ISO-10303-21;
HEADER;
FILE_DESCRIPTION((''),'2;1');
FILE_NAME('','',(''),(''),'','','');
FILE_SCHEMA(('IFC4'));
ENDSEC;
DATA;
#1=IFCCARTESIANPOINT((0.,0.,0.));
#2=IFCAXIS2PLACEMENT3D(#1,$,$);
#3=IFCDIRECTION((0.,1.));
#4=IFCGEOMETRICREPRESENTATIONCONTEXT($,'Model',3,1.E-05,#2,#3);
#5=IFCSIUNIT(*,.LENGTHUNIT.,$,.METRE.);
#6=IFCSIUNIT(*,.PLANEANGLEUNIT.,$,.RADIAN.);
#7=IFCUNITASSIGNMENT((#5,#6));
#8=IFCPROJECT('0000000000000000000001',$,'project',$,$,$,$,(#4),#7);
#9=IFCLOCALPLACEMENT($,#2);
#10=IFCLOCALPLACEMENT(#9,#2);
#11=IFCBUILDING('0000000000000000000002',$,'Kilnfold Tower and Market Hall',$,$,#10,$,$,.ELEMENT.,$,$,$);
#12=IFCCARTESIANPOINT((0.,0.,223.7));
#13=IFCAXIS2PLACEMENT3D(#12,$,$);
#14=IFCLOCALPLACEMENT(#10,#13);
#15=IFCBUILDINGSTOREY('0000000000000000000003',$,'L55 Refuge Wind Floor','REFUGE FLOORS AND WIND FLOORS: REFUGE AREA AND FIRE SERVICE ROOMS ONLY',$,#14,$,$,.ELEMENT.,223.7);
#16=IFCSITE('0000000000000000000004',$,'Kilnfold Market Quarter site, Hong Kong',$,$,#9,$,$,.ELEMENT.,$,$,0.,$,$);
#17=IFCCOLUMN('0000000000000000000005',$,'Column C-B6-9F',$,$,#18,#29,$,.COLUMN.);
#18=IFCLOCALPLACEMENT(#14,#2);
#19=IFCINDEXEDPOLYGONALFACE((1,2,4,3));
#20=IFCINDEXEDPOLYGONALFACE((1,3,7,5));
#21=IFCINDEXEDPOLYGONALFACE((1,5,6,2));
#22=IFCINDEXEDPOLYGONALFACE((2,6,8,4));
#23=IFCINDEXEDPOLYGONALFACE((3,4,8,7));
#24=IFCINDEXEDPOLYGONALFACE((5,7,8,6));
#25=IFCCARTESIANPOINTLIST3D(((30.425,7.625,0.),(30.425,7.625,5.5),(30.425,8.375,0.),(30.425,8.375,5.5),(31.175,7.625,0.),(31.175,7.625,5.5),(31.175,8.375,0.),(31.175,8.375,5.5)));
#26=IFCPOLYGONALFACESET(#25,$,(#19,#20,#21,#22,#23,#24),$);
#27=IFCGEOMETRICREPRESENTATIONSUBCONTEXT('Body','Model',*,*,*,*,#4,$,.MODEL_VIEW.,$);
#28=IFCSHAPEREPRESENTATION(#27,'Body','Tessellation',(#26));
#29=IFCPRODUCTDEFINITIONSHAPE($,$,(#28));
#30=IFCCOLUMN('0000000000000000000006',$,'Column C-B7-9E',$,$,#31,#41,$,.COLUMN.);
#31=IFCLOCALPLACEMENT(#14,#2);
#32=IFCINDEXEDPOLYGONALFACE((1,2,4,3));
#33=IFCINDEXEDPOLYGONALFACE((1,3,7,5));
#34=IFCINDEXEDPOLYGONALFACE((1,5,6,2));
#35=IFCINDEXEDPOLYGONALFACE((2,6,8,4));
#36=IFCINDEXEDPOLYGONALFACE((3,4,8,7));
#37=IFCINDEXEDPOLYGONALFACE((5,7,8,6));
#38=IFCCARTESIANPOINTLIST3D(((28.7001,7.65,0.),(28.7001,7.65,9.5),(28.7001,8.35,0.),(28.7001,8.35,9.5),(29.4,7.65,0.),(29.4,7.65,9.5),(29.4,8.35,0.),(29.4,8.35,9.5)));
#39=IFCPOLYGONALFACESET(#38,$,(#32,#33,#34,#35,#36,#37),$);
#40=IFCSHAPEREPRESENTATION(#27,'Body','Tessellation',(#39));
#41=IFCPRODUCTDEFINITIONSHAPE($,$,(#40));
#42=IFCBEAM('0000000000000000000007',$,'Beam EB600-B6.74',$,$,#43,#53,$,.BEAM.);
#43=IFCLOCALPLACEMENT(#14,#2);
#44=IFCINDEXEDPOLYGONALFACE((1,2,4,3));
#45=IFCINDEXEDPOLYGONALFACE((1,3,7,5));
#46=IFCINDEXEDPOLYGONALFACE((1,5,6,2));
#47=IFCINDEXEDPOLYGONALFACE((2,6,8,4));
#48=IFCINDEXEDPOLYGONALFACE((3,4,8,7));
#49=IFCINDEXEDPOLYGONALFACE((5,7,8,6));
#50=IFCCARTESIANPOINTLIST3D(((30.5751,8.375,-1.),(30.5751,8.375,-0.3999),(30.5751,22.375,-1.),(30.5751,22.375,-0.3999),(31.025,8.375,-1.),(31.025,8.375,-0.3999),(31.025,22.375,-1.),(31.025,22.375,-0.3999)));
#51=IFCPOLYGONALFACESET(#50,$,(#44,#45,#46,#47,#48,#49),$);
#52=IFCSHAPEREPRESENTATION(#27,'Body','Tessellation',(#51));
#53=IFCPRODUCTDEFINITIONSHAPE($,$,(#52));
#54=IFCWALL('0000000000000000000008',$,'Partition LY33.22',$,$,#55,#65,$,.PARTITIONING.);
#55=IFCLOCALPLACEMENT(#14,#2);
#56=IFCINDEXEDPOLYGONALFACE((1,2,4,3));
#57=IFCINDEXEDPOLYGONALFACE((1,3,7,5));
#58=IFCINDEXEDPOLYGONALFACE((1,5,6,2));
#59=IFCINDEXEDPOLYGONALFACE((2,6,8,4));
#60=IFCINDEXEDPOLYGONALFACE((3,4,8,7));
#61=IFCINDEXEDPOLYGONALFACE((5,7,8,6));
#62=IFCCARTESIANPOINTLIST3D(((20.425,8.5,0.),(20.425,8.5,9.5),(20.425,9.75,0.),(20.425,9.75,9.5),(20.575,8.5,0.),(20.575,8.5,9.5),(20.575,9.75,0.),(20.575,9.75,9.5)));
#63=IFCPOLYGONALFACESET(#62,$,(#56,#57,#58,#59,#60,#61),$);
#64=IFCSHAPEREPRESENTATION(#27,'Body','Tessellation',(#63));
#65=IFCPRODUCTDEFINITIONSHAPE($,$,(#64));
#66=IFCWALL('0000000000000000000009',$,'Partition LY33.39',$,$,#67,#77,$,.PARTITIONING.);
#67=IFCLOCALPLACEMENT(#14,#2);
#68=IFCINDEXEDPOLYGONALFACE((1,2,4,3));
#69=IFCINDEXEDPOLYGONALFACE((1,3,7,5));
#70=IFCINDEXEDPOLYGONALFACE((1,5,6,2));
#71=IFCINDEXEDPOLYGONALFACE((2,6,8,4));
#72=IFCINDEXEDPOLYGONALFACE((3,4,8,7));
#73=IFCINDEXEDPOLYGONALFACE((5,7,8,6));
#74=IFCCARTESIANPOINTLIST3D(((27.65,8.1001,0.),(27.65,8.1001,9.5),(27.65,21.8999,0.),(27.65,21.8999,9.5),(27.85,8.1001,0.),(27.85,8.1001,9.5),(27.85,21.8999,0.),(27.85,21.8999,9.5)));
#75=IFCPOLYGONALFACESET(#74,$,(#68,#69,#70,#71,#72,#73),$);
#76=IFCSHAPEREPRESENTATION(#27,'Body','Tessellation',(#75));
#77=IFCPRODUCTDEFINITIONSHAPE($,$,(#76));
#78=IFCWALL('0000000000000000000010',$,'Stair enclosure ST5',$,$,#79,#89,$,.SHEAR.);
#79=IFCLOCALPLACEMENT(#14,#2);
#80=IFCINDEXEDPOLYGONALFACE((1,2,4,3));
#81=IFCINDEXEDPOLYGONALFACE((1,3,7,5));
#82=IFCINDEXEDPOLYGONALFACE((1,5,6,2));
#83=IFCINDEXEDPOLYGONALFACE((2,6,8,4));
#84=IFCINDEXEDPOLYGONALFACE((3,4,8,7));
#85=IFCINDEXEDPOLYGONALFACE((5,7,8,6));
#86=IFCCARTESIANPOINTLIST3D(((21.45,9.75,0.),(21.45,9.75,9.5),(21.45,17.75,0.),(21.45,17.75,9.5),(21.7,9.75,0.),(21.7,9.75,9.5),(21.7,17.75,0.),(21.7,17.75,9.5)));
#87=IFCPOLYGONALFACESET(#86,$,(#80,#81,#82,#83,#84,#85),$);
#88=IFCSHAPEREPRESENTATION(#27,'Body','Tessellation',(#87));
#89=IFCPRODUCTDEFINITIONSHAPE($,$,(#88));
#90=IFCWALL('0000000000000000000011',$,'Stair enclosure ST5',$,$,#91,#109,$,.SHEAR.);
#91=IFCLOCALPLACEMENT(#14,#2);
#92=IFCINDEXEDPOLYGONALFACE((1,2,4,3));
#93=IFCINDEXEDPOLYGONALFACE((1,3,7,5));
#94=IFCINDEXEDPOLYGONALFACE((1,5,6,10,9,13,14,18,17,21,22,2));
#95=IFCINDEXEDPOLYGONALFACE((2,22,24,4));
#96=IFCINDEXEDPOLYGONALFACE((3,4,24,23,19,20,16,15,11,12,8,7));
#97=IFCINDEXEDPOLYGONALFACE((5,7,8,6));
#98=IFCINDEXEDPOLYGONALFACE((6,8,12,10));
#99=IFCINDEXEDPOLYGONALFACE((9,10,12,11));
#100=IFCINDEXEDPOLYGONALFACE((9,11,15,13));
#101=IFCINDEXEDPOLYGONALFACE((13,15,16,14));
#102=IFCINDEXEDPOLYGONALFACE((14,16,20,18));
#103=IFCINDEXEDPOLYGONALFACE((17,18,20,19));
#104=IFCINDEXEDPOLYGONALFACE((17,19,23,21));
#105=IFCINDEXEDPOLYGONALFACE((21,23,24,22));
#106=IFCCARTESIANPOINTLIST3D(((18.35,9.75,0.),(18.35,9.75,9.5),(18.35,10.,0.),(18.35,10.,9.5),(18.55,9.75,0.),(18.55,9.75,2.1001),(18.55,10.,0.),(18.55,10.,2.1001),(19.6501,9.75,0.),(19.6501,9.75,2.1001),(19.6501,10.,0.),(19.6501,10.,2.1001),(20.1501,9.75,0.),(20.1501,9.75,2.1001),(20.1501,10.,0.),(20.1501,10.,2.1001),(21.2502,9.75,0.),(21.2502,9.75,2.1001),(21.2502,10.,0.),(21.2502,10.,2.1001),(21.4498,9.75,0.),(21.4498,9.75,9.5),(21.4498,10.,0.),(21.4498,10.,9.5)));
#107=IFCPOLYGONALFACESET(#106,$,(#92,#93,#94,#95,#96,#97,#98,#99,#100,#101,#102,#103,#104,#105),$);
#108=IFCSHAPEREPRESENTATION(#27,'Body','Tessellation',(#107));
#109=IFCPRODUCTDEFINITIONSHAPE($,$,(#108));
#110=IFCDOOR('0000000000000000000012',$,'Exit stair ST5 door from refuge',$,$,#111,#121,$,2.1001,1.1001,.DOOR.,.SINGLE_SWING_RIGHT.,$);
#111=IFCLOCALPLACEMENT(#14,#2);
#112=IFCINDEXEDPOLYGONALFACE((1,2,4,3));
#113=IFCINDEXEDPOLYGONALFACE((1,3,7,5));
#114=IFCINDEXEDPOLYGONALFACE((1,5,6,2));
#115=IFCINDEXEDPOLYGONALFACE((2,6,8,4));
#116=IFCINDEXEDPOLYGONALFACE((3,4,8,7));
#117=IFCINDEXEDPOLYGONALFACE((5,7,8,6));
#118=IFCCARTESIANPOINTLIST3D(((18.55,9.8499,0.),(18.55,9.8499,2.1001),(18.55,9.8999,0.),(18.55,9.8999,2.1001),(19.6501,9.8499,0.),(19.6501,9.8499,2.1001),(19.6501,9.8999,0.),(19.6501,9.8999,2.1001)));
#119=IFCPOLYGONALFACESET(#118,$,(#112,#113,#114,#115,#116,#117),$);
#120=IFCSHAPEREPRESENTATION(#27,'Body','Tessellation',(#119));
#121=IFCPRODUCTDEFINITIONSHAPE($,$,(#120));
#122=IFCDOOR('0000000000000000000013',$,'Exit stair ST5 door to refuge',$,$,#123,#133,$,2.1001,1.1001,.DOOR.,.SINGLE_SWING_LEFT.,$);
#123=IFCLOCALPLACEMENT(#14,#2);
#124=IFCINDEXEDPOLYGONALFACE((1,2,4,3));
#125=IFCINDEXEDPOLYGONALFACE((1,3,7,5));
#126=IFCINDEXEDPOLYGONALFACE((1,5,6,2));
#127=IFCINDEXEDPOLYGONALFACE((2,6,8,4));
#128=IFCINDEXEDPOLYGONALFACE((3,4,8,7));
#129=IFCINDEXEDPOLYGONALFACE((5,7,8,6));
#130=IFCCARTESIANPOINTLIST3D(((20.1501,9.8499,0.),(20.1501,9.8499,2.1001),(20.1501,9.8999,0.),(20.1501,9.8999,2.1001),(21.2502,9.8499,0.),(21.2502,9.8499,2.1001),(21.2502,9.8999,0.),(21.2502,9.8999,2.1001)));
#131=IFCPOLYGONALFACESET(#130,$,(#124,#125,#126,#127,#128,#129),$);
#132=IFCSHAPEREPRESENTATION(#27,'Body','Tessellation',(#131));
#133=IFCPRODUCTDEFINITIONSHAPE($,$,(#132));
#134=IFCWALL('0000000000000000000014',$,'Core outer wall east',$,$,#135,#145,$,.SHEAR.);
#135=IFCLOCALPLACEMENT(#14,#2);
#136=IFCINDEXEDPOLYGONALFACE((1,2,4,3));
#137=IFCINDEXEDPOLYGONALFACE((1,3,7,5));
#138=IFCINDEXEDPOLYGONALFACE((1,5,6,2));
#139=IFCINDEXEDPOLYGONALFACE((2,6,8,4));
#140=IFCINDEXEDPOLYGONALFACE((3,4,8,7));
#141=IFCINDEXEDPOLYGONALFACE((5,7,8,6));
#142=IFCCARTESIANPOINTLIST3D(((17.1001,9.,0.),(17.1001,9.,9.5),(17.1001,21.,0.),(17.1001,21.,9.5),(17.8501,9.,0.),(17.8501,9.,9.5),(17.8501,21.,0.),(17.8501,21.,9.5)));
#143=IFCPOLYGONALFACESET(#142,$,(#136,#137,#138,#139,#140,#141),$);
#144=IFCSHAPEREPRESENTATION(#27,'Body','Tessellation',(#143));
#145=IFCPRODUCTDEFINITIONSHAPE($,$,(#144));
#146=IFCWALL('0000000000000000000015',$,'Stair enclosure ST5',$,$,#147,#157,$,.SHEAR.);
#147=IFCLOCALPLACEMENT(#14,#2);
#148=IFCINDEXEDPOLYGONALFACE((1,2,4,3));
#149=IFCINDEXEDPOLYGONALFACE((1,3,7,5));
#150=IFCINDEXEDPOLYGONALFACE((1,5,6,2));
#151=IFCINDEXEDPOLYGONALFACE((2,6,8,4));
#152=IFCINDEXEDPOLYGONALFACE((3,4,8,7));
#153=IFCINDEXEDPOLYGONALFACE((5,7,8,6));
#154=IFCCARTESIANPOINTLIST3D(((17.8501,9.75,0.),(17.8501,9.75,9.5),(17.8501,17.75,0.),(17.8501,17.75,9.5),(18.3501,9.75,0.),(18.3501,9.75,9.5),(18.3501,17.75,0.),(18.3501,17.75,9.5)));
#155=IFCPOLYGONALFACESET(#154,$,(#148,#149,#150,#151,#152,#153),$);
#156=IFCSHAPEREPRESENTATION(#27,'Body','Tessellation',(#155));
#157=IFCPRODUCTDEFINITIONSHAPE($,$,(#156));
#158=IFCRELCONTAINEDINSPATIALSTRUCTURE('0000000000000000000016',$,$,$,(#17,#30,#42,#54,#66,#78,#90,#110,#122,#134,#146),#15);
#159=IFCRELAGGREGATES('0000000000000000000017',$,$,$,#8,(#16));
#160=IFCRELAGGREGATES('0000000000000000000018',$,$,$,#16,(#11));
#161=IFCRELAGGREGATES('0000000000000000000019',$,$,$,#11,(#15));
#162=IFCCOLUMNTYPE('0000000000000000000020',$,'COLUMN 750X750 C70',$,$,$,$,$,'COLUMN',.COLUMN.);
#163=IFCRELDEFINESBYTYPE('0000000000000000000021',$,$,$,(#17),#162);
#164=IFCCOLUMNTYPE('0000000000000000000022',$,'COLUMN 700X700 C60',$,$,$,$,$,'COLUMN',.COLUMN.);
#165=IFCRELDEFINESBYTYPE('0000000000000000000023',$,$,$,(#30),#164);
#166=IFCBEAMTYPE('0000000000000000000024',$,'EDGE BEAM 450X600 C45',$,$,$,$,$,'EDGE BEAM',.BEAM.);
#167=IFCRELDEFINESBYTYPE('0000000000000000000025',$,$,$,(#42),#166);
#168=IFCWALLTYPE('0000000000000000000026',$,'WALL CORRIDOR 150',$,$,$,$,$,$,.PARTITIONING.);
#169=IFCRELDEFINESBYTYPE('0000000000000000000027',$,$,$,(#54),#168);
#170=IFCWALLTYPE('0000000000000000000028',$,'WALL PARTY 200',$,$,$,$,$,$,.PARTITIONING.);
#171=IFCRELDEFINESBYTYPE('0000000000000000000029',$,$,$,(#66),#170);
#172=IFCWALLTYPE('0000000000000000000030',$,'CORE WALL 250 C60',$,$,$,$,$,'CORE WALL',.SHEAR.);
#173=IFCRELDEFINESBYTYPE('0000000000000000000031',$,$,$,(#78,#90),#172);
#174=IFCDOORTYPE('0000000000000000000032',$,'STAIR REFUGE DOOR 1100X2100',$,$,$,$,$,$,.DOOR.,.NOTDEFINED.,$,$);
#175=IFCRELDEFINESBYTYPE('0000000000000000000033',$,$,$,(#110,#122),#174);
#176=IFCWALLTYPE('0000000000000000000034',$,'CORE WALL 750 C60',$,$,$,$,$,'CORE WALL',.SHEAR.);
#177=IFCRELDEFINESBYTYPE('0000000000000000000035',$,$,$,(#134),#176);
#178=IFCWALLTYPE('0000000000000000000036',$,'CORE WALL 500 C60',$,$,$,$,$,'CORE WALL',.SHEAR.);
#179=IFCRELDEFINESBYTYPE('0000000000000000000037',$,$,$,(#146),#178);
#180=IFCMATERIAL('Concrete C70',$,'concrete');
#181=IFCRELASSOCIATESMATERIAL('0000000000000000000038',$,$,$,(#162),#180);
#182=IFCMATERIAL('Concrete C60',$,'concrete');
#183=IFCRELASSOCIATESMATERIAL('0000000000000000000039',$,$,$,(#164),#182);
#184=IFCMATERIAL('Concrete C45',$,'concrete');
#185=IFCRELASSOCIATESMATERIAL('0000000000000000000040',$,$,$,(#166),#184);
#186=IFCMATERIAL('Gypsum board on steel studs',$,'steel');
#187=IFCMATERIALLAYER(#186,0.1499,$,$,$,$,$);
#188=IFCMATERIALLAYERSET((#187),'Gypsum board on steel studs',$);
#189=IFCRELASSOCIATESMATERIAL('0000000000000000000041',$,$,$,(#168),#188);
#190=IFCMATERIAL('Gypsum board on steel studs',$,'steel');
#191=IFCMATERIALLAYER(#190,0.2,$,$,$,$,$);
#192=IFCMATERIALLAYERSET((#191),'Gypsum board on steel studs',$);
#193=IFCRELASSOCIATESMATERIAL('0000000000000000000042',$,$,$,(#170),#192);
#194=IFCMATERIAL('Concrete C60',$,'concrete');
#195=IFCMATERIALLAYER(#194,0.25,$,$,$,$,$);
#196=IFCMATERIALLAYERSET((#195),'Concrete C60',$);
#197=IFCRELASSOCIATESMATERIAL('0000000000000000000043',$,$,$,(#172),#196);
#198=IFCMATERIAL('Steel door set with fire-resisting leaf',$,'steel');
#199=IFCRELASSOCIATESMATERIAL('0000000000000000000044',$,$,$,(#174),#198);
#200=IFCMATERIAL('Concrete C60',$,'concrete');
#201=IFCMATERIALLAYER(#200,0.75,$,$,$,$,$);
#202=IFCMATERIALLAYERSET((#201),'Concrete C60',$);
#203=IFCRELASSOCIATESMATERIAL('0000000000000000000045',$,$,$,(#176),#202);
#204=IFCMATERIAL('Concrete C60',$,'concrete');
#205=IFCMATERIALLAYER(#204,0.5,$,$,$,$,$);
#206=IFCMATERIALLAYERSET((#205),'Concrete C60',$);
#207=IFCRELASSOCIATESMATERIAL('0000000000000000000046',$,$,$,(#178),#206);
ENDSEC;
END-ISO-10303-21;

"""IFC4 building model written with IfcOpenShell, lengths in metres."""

from ifc_helpers import new_model, si_unit, direction, frame, frame_2d, origin, origin_2d, place, context, subcontext, project, spatial, rectangle, extrude, source, transform, mapped, material, layer, layer_set, material_profile, profile_set, type_object, element, fill, save


model = new_model("IFC4")

# Units and contexts
model_context = context("Model", 3, precision=1e-05, world=origin(), true_north=direction((0.0, 1.0)))
body_context = subcontext(model_context, "Body", "Model", "MODEL_VIEW")
ifc_project = project(units=[si_unit("LENGTHUNIT", "METRE"), si_unit("PLANEANGLEUNIT", "RADIAN")], contexts=[model_context])

# Site, building, storey
site_placement = place(None, origin())
site = spatial("IfcSite", under=ifc_project, at=site_placement, Name="Kilnfold Market Quarter site, Hong Kong", CompositionType="ELEMENT", RefElevation=0.0)
building_placement = place(site_placement, origin())
building = spatial("IfcBuilding", under=site, at=building_placement, Name="Kilnfold Tower and Market Hall", CompositionType="ELEMENT")
storey_placement = place(building_placement, frame((0.0, 0.0, 223.7)))
storey = spatial("IfcBuildingStorey", under=building, at=storey_placement, Name="L55 Refuge Wind Floor", Description="REFUGE FLOORS AND WIND FLOORS: REFUGE AREA AND FIRE SERVICE ROOMS ONLY", CompositionType="ELEMENT", Elevation=223.7)

# Columns
ifc_material_1 = material(Name="Concrete C70", Category="concrete")
ifc_material_profile_1 = material_profile(ifc_material_1, rectangle(XDim=0.75, YDim=0.75, at=origin_2d()), Name="RC 750x750")
ifc_profile_set_1 = profile_set([ifc_material_profile_1], Name="Concrete C70")
column_type_1 = type_object("IfcColumnType", Name="COLUMN 750X750 C70", ElementType="COLUMN", PredefinedType="COLUMN", material=ifc_profile_set_1)
shared_shape_1 = source(origin(), body_context, "Body", "SweptSolid", [
    extrude(rectangle(XDim=0.75, YDim=0.75, at=origin_2d()), origin(), (0.0, 0.0, 1.0), 5.5),
])
column_1_placement = place(storey_placement, frame((30.8, 8.0, 0.0), z_axis=(0.0, 0.0, 1.0), x_axis=(1.0, 0.0, 0.0)))
element("IfcColumn", 1, at=column_1_placement, inside=storey, type_object=column_type_1, Name="Column C-B6-9F", PredefinedType="COLUMN", context=body_context, shape_type="MappedRepresentation", body=[
    mapped(shared_shape_1, transform((0.0, 0.0, 0.0))),
])
ifc_material_2 = material(Name="Concrete C60", Category="concrete")
ifc_material_profile_2 = material_profile(ifc_material_2, rectangle(XDim=0.7, YDim=0.7, at=origin_2d()), Name="RC 700x700")
ifc_profile_set_2 = profile_set([ifc_material_profile_2], Name="Concrete C60")
column_type_2 = type_object("IfcColumnType", Name="COLUMN 700X700 C60", ElementType="COLUMN", PredefinedType="COLUMN", material=ifc_profile_set_2)
shared_shape_2 = source(origin(), body_context, "Body", "SweptSolid", [
    extrude(rectangle(XDim=0.7, YDim=0.7, at=origin_2d()), origin(), (0.0, 0.0, 1.0), 9.5),
])
column_2_placement = place(storey_placement, frame((29.05, 8.0, 0.0), z_axis=(0.0, 0.0, 1.0), x_axis=(1.0, 0.0, 0.0)))
element("IfcColumn", 2, at=column_2_placement, inside=storey, type_object=column_type_2, Name="Column C-B7-9E", PredefinedType="COLUMN", context=body_context, shape_type="MappedRepresentation", body=[
    mapped(shared_shape_2, transform((0.0, 0.0, 0.0))),
])

# Beam
ifc_material_3 = material(Name="Concrete C45", Category="concrete")
ifc_material_profile_3 = material_profile(ifc_material_3, rectangle(XDim=0.45, YDim=0.6001, at=origin_2d()), Name="RC 450x600")
ifc_profile_set_3 = profile_set([ifc_material_profile_3], Name="Concrete C45")
beam_type = type_object("IfcBeamType", Name="EDGE BEAM 450X600 C45", ElementType="EDGE BEAM", PredefinedType="BEAM", material=ifc_profile_set_3)
shared_shape_3 = source(origin(), body_context, "Body", "SweptSolid", [
    extrude(rectangle(XDim=0.45, YDim=0.6001, at=origin_2d()), origin(), (0.0, 0.0, 1.0), 14.0),
])
beam_placement = place(storey_placement, frame((30.8, 8.375, -0.7), z_axis=(0.0, 1.0, 0.0), x_axis=(-1.0, 0.0, 0.0)))
element("IfcBeam", 3, at=beam_placement, inside=storey, type_object=beam_type, Name="Beam EB600-B6.74", PredefinedType="BEAM", context=body_context, shape_type="MappedRepresentation", body=[
    mapped(shared_shape_3, transform((0.0, 0.0, 0.0))),
])

# Walls
ifc_material_4 = material(Name="Gypsum board on steel studs", Category="steel")
ifc_layer_1 = layer(ifc_material_4, 0.1499)
ifc_layer_set_1 = layer_set([ifc_layer_1], Name="Gypsum board on steel studs")
wall_type_1 = type_object("IfcWallType", Name="WALL CORRIDOR 150", PredefinedType="PARTITIONING", material=ifc_layer_set_1)
wall_1_placement = place(storey_placement, frame((20.5, 8.5, 0.0), z_axis=(0.0, 0.0, 1.0), x_axis=(0.0, 1.0, 0.0)))
element("IfcWall", 4, at=wall_1_placement, inside=storey, type_object=wall_type_1, Name="Partition LY33.22", PredefinedType="PARTITIONING", context=body_context, shape_type="SweptSolid", body=[
    extrude(rectangle(XDim=1.25, YDim=0.1499, at=frame_2d((0.625, 0.0))), origin(), (0.0, 0.0, 1.0), 9.5),
])
ifc_material_5 = material(Name="Gypsum board on steel studs", Category="steel")
ifc_layer_2 = layer(ifc_material_5, 0.2)
ifc_layer_set_2 = layer_set([ifc_layer_2], Name="Gypsum board on steel studs")
wall_type_2 = type_object("IfcWallType", Name="WALL PARTY 200", PredefinedType="PARTITIONING", material=ifc_layer_set_2)
wall_2_placement = place(storey_placement, frame((27.75, 8.1001, 0.0), z_axis=(0.0, 0.0, 1.0), x_axis=(0.0, 1.0, 0.0)))
element("IfcWall", 5, at=wall_2_placement, inside=storey, type_object=wall_type_2, Name="Partition LY33.39", PredefinedType="PARTITIONING", context=body_context, shape_type="SweptSolid", body=[
    extrude(rectangle(XDim=13.7998, YDim=0.2, at=frame_2d((6.8999, 0.0))), origin(), (0.0, 0.0, 1.0), 9.5),
])
ifc_material_6 = material(Name="Concrete C60", Category="concrete")
ifc_layer_3 = layer(ifc_material_6, 0.25)
ifc_layer_set_3 = layer_set([ifc_layer_3], Name="Concrete C60")
wall_type_3 = type_object("IfcWallType", Name="CORE WALL 250 C60", ElementType="CORE WALL", PredefinedType="SHEAR", material=ifc_layer_set_3)
shared_shape_4 = source(origin(), body_context, "Body", "SweptSolid", [
    extrude(rectangle(XDim=8.0, YDim=0.25, at=frame_2d((4.0, 0.0))), origin(), (0.0, 0.0, 1.0), 9.5),
])
wall_3_placement = place(storey_placement, frame((21.575, 9.75, 0.0), z_axis=(0.0, 0.0, 1.0), x_axis=(0.0, 1.0, 0.0)))
element("IfcWall", 6, at=wall_3_placement, inside=storey, type_object=wall_type_3, Name="Stair enclosure ST5", PredefinedType="SHEAR", context=body_context, shape_type="MappedRepresentation", body=[
    mapped(shared_shape_4, transform((0.0, 0.0, 0.0))),
])

# Wall, openings, doors
shared_shape_5 = source(origin(), body_context, "Body", "SweptSolid", [
    extrude(rectangle(XDim=3.0999, YDim=0.25, at=frame_2d((1.5498, 0.0))), origin(), (0.0, 0.0, 1.0), 9.5),
])
wall_4_placement = place(storey_placement, frame((18.3501, 9.875, 0.0), z_axis=(0.0, 0.0, 1.0), x_axis=(1.0, 0.0, 0.0)))
wall_4 = element("IfcWall", 7, at=wall_4_placement, inside=storey, type_object=wall_type_3, Name="Stair enclosure ST5", PredefinedType="SHEAR", context=body_context, shape_type="MappedRepresentation", body=[
    mapped(shared_shape_5, transform((0.0, 0.0, 0.0))),
])
opening_1_placement = place(wall_4_placement, frame((0.2, 0.0, 0.0)))
opening_1 = element("IfcOpeningElement", 8, at=opening_1_placement, cuts=wall_4, PredefinedType="OPENING", context=body_context, shape_type="SweptSolid", body=[
    extrude(rectangle(XDim=1.1001, YDim=2.1001, at=frame_2d((0.55, 1.05))), frame((0.0, 0.135, 0.0), z_axis=(0.0, -1.0, 0.0), x_axis=(1.0, 0.0, 0.0)), (0.0, 0.0, 1.0), 0.27),
])
opening_2_placement = place(wall_4_placement, frame((1.8, 0.0, 0.0)))
opening_2 = element("IfcOpeningElement", 9, at=opening_2_placement, cuts=wall_4, PredefinedType="OPENING", context=body_context, shape_type="SweptSolid", body=[
    extrude(rectangle(XDim=1.1001, YDim=2.1001, at=frame_2d((0.55, 1.05))), frame((0.0, 0.135, 0.0), z_axis=(0.0, -1.0, 0.0), x_axis=(1.0, 0.0, 0.0)), (0.0, 0.0, 1.0), 0.27),
])
ifc_material_7 = material(Name="Steel door set with fire-resisting leaf", Category="steel")
door_type = type_object("IfcDoorType", Name="STAIR REFUGE DOOR 1100X2100", OperationType="NOTDEFINED", PredefinedType="DOOR", material=ifc_material_7)
door_1_placement = place(opening_1_placement, origin())
door_1 = element("IfcDoor", 10, at=door_1_placement, inside=storey, type_object=door_type, Name="Exit stair ST5 door from refuge", OperationType="SINGLE_SWING_RIGHT", OverallHeight=2.1001, OverallWidth=1.1001, PredefinedType="DOOR", context=body_context, shape_type="SweptSolid", body=[
    extrude(rectangle(XDim=1.1001, YDim=2.1001, at=frame_2d((0.55, 1.05))), frame((0.0, 0.0249, 0.0), z_axis=(0.0, -1.0, 0.0), x_axis=(1.0, 0.0, 0.0)), (0.0, 0.0, 1.0), 0.05),
])
fill(opening_1, door_1)
door_2_placement = place(opening_2_placement, origin())
door_2 = element("IfcDoor", 11, at=door_2_placement, inside=storey, type_object=door_type, Name="Exit stair ST5 door to refuge", OperationType="SINGLE_SWING_LEFT", OverallHeight=2.1001, OverallWidth=1.1001, PredefinedType="DOOR", context=body_context, shape_type="SweptSolid", body=[
    extrude(rectangle(XDim=1.1001, YDim=2.1001, at=frame_2d((0.55, 1.05))), frame((0.0, 0.0249, 0.0), z_axis=(0.0, -1.0, 0.0), x_axis=(1.0, 0.0, 0.0)), (0.0, 0.0, 1.0), 0.05),
])
fill(opening_2, door_2)

# Walls
ifc_material_8 = material(Name="Concrete C60", Category="concrete")
ifc_layer_4 = layer(ifc_material_8, 0.75)
ifc_layer_set_4 = layer_set([ifc_layer_4], Name="Concrete C60")
wall_type_4 = type_object("IfcWallType", Name="CORE WALL 750 C60", ElementType="CORE WALL", PredefinedType="SHEAR", material=ifc_layer_set_4)
shared_shape_6 = source(origin(), body_context, "Body", "SweptSolid", [
    extrude(rectangle(XDim=12.0, YDim=0.75, at=frame_2d((6.0, 0.0))), origin(), (0.0, 0.0, 1.0), 9.5),
])
wall_5_placement = place(storey_placement, frame((17.4751, 9.0, 0.0), z_axis=(0.0, 0.0, 1.0), x_axis=(0.0, 1.0, 0.0)))
element("IfcWall", 12, at=wall_5_placement, inside=storey, type_object=wall_type_4, Name="Core outer wall east", PredefinedType="SHEAR", context=body_context, shape_type="MappedRepresentation", body=[
    mapped(shared_shape_6, transform((0.0, 0.0, 0.0))),
])
ifc_material_9 = material(Name="Concrete C60", Category="concrete")
ifc_layer_5 = layer(ifc_material_9, 0.5)
ifc_layer_set_5 = layer_set([ifc_layer_5], Name="Concrete C60")
wall_type_5 = type_object("IfcWallType", Name="CORE WALL 500 C60", ElementType="CORE WALL", PredefinedType="SHEAR", material=ifc_layer_set_5)
shared_shape_7 = source(origin(), body_context, "Body", "SweptSolid", [
    extrude(rectangle(XDim=8.0, YDim=0.5, at=frame_2d((4.0, 0.0))), origin(), (0.0, 0.0, 1.0), 9.5),
])
wall_6_placement = place(storey_placement, frame((18.1001, 9.75, 0.0), z_axis=(0.0, 0.0, 1.0), x_axis=(0.0, 1.0, 0.0)))
element("IfcWall", 13, at=wall_6_placement, inside=storey, type_object=wall_type_5, Name="Stair enclosure ST5", PredefinedType="SHEAR", context=body_context, shape_type="MappedRepresentation", body=[
    mapped(shared_shape_7, transform((0.0, 0.0, 0.0))),
])

save(model, "model.ifc")
